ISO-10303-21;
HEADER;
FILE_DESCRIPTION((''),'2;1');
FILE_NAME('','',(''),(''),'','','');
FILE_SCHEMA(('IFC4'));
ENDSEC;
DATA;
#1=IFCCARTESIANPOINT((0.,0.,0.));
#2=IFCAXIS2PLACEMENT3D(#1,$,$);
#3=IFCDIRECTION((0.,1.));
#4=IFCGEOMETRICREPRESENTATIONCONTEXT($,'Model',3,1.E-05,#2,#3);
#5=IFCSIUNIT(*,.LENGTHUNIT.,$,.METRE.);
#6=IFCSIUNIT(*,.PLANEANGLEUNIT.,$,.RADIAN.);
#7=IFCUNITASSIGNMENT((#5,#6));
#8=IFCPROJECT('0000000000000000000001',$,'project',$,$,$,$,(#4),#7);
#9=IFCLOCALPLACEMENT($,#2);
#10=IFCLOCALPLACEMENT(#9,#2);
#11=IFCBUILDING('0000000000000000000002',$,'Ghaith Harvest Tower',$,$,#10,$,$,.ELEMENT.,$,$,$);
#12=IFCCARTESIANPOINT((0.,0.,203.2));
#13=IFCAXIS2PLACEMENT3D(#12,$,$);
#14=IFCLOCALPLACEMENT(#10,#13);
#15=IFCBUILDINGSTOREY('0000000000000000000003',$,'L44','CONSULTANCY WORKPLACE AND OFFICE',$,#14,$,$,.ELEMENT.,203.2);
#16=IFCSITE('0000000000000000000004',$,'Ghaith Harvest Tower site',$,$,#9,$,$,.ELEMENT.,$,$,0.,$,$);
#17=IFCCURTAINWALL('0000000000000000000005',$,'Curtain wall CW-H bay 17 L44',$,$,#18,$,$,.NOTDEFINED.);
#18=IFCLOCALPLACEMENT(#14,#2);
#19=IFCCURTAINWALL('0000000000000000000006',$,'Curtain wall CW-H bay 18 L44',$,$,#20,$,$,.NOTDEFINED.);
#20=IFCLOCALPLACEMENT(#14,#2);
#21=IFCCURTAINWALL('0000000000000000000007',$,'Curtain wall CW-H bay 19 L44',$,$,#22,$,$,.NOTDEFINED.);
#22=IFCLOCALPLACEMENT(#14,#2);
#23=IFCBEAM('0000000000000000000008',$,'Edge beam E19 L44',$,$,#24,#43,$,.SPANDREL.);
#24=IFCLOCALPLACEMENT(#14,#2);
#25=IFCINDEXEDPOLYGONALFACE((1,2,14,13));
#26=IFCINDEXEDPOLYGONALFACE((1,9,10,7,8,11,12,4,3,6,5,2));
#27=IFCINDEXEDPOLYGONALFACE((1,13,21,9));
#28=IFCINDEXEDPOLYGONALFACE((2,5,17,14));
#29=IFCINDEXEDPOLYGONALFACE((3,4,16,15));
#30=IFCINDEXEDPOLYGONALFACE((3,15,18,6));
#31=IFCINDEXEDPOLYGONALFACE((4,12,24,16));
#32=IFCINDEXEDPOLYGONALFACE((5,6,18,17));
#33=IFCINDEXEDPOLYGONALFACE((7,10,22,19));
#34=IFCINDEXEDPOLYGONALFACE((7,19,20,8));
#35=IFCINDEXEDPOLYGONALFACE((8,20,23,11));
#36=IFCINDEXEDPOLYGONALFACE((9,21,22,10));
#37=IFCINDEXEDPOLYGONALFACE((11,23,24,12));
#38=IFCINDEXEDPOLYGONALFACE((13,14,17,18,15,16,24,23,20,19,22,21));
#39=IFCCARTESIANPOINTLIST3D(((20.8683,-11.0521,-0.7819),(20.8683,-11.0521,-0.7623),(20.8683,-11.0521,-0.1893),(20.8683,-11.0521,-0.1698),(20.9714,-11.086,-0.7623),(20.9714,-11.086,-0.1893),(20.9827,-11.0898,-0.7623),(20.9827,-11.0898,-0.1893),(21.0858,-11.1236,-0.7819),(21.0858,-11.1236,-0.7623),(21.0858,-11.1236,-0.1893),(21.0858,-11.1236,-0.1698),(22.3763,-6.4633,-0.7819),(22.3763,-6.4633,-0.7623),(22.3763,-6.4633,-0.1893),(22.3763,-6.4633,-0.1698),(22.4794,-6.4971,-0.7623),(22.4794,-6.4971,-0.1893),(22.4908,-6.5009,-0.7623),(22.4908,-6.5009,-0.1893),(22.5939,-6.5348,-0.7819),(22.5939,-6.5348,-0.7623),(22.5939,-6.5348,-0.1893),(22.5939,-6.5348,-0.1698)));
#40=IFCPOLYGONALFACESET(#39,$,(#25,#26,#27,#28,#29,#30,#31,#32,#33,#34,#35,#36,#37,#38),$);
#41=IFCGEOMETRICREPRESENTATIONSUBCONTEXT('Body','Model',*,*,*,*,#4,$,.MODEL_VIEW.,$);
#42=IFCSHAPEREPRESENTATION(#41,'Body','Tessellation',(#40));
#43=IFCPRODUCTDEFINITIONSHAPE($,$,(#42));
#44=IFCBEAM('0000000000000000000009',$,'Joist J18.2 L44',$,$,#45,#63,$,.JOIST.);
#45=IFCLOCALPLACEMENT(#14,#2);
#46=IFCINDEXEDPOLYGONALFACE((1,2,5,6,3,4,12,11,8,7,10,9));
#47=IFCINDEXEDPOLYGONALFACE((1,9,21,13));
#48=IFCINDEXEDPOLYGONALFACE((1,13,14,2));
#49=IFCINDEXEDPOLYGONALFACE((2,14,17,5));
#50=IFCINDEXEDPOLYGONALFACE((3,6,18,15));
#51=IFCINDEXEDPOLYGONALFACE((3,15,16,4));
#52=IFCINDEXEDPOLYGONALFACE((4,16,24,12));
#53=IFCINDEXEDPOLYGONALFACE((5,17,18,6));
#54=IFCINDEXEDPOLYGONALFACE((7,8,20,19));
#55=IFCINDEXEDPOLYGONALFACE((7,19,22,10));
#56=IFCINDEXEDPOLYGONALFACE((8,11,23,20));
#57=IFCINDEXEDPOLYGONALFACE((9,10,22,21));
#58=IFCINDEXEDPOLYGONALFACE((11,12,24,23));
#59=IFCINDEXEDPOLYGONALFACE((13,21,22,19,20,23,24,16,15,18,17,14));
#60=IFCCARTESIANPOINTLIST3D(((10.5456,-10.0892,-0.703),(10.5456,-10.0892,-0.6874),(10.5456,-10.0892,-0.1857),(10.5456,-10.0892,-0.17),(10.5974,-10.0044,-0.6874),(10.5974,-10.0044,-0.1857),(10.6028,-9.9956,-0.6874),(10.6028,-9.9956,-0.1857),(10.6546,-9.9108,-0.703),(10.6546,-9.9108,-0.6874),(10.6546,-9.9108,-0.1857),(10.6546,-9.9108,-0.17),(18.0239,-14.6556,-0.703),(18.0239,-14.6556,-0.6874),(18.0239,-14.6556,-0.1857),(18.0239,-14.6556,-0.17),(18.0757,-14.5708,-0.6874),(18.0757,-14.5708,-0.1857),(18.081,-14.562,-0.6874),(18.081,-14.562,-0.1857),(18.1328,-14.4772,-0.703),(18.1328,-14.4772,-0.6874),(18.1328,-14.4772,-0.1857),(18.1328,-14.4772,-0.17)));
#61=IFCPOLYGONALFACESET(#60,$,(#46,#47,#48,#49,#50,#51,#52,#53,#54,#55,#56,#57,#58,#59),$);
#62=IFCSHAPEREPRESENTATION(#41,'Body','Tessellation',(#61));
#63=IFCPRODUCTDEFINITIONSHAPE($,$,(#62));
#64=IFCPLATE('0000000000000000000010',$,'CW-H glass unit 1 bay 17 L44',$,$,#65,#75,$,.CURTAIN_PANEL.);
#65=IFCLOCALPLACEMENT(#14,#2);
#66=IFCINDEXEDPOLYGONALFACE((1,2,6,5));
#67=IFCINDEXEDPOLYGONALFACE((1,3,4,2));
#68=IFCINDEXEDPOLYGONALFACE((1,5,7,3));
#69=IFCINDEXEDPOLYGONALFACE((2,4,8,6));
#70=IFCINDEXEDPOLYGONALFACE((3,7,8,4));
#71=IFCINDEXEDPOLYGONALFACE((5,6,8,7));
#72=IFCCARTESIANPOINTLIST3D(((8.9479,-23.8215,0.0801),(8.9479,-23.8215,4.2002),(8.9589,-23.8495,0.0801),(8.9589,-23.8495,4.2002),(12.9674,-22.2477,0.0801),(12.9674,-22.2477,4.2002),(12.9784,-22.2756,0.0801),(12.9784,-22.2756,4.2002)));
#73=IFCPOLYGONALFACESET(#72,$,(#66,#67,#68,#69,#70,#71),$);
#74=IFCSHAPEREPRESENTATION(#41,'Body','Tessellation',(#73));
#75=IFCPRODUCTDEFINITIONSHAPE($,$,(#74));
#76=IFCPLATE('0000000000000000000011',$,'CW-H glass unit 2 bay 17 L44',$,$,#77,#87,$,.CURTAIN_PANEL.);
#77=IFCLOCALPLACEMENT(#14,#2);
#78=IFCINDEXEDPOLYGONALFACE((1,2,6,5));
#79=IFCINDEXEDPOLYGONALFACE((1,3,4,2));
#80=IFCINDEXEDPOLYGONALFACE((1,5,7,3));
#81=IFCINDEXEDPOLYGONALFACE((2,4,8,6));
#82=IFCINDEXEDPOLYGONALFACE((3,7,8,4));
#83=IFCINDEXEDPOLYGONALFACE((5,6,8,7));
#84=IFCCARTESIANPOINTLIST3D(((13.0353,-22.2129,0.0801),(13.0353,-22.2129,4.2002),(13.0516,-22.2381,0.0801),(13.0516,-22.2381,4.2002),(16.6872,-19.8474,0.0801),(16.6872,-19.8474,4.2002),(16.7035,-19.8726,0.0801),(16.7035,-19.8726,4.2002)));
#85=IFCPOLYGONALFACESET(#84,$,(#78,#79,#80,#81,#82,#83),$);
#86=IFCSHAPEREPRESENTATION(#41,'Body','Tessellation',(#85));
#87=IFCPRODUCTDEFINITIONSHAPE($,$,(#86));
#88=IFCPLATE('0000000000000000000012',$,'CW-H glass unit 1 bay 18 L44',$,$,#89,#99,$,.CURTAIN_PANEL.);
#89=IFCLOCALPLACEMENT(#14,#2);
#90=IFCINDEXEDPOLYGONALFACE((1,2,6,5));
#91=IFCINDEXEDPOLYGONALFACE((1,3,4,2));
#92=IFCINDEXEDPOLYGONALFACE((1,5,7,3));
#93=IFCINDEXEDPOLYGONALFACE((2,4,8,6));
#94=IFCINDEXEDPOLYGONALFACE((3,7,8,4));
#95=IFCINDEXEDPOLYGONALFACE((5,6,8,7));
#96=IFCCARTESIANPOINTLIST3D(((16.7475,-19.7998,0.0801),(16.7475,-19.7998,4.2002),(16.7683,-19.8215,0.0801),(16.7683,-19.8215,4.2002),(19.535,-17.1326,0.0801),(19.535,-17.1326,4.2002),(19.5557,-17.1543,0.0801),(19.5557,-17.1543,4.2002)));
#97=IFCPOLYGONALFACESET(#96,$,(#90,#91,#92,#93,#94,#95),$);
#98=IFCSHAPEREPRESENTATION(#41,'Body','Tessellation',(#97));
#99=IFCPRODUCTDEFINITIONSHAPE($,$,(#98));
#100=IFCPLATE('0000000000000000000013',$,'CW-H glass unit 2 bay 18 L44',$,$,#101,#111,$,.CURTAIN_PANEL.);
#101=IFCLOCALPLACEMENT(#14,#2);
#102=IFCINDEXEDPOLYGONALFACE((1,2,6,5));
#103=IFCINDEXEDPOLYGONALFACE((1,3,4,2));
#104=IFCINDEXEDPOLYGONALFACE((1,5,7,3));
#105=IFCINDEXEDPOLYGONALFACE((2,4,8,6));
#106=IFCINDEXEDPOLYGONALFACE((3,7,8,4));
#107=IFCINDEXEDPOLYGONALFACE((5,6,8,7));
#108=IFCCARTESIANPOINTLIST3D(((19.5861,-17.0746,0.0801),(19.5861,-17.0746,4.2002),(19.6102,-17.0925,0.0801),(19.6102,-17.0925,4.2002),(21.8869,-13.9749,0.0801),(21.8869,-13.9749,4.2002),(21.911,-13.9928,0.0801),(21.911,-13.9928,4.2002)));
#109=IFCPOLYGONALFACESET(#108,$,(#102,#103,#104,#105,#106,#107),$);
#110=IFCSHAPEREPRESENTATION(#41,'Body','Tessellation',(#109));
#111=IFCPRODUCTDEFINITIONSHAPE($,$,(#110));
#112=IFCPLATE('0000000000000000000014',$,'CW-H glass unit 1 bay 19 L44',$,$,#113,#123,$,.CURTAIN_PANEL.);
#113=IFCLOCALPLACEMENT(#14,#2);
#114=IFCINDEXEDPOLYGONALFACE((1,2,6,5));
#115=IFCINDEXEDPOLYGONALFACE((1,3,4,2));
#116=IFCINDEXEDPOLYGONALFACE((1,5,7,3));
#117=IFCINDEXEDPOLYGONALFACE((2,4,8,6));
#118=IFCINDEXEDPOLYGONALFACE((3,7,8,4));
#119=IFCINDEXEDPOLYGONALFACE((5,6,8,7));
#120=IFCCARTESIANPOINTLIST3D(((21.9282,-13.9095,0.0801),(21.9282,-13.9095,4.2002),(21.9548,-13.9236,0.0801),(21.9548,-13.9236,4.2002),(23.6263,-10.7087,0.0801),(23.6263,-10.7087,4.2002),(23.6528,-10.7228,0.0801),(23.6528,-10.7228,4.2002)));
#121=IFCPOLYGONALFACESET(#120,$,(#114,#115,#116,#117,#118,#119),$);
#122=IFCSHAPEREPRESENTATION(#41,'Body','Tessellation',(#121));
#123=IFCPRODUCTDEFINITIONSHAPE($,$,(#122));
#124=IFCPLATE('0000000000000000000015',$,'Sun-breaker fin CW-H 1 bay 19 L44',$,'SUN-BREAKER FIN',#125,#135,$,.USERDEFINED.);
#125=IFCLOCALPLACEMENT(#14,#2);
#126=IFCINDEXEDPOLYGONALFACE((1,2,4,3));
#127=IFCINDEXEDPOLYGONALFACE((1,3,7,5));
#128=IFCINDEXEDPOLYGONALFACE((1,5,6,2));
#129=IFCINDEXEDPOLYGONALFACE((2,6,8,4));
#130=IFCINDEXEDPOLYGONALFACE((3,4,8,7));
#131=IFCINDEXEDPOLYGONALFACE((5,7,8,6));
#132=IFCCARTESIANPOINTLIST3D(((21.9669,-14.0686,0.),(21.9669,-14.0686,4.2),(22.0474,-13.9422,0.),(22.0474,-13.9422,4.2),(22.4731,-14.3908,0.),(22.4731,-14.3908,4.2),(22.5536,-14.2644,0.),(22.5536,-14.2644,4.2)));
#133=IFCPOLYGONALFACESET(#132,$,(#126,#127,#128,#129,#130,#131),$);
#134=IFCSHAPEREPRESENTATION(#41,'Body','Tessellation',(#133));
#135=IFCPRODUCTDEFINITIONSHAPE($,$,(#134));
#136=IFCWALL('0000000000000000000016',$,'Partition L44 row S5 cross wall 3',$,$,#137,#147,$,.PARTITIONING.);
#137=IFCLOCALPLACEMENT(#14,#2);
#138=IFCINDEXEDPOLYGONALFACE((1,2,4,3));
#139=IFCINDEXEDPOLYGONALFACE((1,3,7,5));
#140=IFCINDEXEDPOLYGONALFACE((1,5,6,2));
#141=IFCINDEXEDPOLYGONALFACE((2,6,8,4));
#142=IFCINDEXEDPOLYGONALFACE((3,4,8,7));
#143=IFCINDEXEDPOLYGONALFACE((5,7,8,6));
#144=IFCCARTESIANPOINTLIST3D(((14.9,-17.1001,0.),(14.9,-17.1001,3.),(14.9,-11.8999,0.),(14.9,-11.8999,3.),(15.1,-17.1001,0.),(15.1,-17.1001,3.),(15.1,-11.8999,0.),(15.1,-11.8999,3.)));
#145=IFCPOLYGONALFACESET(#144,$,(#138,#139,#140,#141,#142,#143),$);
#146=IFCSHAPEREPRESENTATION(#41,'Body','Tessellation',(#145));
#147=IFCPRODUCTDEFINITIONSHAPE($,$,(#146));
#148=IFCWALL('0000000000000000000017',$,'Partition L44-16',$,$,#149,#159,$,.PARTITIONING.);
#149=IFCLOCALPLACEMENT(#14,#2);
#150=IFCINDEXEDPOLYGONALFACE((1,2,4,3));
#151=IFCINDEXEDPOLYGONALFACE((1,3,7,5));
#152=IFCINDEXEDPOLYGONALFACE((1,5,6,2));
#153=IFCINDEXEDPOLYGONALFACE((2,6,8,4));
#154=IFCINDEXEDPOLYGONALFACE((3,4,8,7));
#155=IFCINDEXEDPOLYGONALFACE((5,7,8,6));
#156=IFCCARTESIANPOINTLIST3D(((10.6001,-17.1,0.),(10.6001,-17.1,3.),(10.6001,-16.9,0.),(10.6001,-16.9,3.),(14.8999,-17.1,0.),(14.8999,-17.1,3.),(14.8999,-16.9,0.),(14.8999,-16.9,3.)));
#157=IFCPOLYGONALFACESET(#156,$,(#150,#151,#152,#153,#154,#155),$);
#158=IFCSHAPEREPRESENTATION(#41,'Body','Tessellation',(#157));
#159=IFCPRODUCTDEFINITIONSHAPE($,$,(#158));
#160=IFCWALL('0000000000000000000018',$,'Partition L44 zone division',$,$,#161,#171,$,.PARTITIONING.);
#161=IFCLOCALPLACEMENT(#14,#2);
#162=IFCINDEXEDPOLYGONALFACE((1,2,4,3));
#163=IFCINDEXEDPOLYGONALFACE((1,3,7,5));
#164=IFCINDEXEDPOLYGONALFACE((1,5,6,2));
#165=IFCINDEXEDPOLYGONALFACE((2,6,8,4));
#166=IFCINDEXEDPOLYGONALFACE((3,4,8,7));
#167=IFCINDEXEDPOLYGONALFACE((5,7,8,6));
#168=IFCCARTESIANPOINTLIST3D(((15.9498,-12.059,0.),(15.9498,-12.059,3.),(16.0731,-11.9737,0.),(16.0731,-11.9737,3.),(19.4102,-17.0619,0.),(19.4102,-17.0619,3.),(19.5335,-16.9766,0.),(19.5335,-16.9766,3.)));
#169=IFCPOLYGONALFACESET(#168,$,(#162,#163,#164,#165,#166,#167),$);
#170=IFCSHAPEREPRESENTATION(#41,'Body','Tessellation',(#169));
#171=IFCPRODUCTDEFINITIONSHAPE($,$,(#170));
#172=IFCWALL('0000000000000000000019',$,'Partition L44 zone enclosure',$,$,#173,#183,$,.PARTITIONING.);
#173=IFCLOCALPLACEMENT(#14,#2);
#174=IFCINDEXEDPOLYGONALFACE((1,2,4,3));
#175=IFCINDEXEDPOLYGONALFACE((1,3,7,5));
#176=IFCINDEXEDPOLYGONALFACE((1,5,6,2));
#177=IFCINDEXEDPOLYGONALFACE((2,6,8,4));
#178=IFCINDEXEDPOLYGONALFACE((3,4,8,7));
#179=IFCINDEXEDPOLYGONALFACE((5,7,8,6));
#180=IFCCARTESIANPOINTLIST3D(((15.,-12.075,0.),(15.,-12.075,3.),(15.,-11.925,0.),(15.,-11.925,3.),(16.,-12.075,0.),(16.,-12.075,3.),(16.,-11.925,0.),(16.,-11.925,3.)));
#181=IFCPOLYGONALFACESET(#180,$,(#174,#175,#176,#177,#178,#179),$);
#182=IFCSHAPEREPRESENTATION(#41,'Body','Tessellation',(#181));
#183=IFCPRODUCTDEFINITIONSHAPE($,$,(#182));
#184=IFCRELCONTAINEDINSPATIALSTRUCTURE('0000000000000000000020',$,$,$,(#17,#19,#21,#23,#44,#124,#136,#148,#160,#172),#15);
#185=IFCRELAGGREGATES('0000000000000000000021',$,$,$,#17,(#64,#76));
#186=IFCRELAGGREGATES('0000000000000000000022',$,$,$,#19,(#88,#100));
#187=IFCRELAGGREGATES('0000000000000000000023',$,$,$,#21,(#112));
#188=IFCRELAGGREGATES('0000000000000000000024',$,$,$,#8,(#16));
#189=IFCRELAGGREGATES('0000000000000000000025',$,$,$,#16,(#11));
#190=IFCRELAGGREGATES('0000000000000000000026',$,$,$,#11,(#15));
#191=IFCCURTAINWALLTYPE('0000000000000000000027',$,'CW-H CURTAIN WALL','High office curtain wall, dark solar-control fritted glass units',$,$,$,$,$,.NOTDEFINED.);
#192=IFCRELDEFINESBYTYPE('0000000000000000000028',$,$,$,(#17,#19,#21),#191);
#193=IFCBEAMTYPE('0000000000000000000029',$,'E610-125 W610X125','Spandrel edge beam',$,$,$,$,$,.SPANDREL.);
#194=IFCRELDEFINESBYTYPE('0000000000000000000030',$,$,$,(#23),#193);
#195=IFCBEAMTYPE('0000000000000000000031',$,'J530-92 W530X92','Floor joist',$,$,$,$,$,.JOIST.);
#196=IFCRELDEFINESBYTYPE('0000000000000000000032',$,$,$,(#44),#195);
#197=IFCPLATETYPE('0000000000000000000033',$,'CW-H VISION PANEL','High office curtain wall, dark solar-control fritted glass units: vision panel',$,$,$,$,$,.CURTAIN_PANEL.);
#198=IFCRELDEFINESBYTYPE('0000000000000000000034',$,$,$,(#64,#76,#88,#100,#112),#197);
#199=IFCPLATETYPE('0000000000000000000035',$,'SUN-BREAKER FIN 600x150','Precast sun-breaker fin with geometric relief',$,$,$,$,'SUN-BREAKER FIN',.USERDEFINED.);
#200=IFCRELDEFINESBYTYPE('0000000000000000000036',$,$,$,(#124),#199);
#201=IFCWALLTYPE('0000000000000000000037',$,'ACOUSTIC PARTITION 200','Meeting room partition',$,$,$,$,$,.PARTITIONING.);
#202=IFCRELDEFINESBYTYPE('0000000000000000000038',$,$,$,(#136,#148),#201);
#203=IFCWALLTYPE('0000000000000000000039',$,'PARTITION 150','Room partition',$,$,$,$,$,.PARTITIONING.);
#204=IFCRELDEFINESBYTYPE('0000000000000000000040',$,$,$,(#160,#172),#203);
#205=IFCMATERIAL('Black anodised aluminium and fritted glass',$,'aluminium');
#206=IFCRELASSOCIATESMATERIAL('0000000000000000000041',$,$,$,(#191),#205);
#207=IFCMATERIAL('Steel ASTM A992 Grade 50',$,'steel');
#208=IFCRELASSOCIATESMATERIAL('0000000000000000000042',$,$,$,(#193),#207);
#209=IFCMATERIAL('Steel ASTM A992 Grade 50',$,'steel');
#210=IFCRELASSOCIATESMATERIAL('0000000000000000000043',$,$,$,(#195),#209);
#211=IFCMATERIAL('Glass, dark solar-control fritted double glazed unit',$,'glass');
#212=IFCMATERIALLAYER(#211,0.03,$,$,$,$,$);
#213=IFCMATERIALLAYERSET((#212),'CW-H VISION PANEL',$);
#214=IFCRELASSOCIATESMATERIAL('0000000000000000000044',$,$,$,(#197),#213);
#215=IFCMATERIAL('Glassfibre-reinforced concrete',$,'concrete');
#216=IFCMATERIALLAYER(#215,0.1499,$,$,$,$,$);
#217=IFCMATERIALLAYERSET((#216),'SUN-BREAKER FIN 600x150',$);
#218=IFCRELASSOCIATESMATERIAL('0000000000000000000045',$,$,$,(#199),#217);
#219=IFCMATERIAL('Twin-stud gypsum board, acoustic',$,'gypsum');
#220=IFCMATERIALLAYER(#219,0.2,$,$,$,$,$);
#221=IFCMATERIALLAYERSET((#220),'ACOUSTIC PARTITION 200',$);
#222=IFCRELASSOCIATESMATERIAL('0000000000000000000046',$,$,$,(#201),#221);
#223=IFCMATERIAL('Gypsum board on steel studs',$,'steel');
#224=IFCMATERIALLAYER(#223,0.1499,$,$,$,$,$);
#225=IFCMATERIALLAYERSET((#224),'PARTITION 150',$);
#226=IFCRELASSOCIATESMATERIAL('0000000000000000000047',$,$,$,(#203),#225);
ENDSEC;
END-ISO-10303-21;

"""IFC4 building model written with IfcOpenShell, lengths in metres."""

from ifc_helpers import new_model, si_unit, direction, frame, frame_2d, origin, origin_2d, place, context, subcontext, project, spatial, rectangle, i_section, extrude, material, layer, layer_set, material_profile, profile_set, type_object, element, aggregate, save


model = new_model("IFC4")

# Units and contexts
model_context = context("Model", 3, precision=1e-05, world=origin(), true_north=direction((0.0, 1.0)))
body_context = subcontext(model_context, "Body", "Model", "MODEL_VIEW")
ifc_project = project(units=[si_unit("LENGTHUNIT", "METRE"), si_unit("PLANEANGLEUNIT", "RADIAN")], contexts=[model_context])

# Site, building, storey
site_placement = place(None, origin())
site = spatial("IfcSite", under=ifc_project, at=site_placement, Name="Ghaith Harvest Tower site", CompositionType="ELEMENT", RefElevation=0.0)
building_placement = place(site_placement, origin())
building = spatial("IfcBuilding", under=site, at=building_placement, Name="Ghaith Harvest Tower", CompositionType="ELEMENT")
storey_placement = place(building_placement, frame((0.0, 0.0, 203.2)))
storey = spatial("IfcBuildingStorey", under=building, at=storey_placement, Name="L44", Description="CONSULTANCY WORKPLACE AND OFFICE", CompositionType="ELEMENT", Elevation=203.2)

# Curtain wall
ifc_material_1 = material(Name="Black anodised aluminium and fritted glass", Category="aluminium")
curtain_wall_type = type_object("IfcCurtainWallType", Name="CW-H CURTAIN WALL", Description="High office curtain wall, dark solar-control fritted glass units", PredefinedType="NOTDEFINED", material=ifc_material_1)
curtain_wall_1_placement = place(storey_placement, origin())
curtain_wall_1 = element("IfcCurtainWall", 1, at=curtain_wall_1_placement, inside=storey, type_object=curtain_wall_type, Name="Curtain wall CW-H bay 17 L44", PredefinedType="NOTDEFINED")

# Curtain walls
curtain_wall_2_placement = place(storey_placement, origin())
curtain_wall_2 = element("IfcCurtainWall", 2, at=curtain_wall_2_placement, inside=storey, type_object=curtain_wall_type, Name="Curtain wall CW-H bay 18 L44", PredefinedType="NOTDEFINED")
curtain_wall_3_placement = place(storey_placement, origin())
curtain_wall_3 = element("IfcCurtainWall", 3, at=curtain_wall_3_placement, inside=storey, type_object=curtain_wall_type, Name="Curtain wall CW-H bay 19 L44", PredefinedType="NOTDEFINED")

# Beams
ifc_material_2 = material(Name="Steel ASTM A992 Grade 50", Category="steel")
ifc_material_profile_1 = material_profile(ifc_material_2, i_section(OverallWidth=0.229, OverallDepth=0.6121, WebThickness=0.012, FlangeThickness=0.0195, at=origin_2d()), Name="W610X125")
ifc_profile_set_1 = profile_set([ifc_material_profile_1], Name="Steel ASTM A992 Grade 50")
beam_type_1 = type_object("IfcBeamType", Name="E610-125 W610X125", Description="Spandrel edge beam", PredefinedType="SPANDREL", material=ifc_profile_set_1)
beam_1_placement = place(storey_placement, frame((20.9771, -11.0879, -0.4758), z_axis=(0.312207, 0.950014, 0.0), x_axis=(-0.950014, 0.312207, 0.0)))
element("IfcBeam", 4, at=beam_1_placement, inside=storey, type_object=beam_type_1, Name="Edge beam E19 L44", PredefinedType="SPANDREL", context=body_context, shape_type="SweptSolid", body=[
    extrude(i_section(OverallWidth=0.229, OverallDepth=0.6121, WebThickness=0.012, FlangeThickness=0.0195, at=origin_2d()), origin(), (0.0, 0.0, 1.0), 4.8303),
])
ifc_material_3 = material(Name="Steel ASTM A992 Grade 50", Category="steel")
ifc_material_profile_2 = material_profile(ifc_material_3, i_section(OverallWidth=0.209, OverallDepth=0.533, WebThickness=0.0103, FlangeThickness=0.0156, at=origin_2d()), Name="W530X92")
ifc_profile_set_2 = profile_set([ifc_material_profile_2], Name="Steel ASTM A992 Grade 50")
beam_type_2 = type_object("IfcBeamType", Name="J530-92 W530X92", Description="Floor joist", PredefinedType="JOIST", material=ifc_profile_set_2)
beam_2_placement = place(storey_placement, frame((10.6001, -10.0, -0.4365), z_axis=(0.853467, -0.521147, 0.0), x_axis=(0.521147, 0.853467, 0.0)))
element("IfcBeam", 5, at=beam_2_placement, inside=storey, type_object=beam_type_2, Name="Joist J18.2 L44", PredefinedType="JOIST", context=body_context, shape_type="SweptSolid", body=[
    extrude(i_section(OverallWidth=0.209, OverallDepth=0.533, WebThickness=0.0103, FlangeThickness=0.0156, at=origin_2d()), origin(), (0.0, 0.0, 1.0), 8.7622),
])

# Plates
ifc_material_4 = material(Name="Glass, dark solar-control fritted double glazed unit", Category="glass")
ifc_layer_1 = layer(ifc_material_4, 0.03)
ifc_layer_set_1 = layer_set([ifc_layer_1], Name="CW-H VISION PANEL")
plate_type_1 = type_object("IfcPlateType", Name="CW-H VISION PANEL", Description="High office curtain wall, dark solar-control fritted glass units: vision panel", PredefinedType="CURTAIN_PANEL", material=ifc_layer_set_1)
plate_1_placement = place(storey_placement, frame((10.9631, -23.0486, 0.0801), z_axis=(0.0, 0.0, 1.0), x_axis=(0.931161, 0.364608, 0.0)))
plate_1 = element("IfcPlate", 6, at=plate_1_placement, type_object=plate_type_1, Name="CW-H glass unit 1 bay 17 L44", PredefinedType="CURTAIN_PANEL", context=body_context, shape_type="SweptSolid", body=[
    extrude(rectangle(XDim=4.3167, YDim=0.03, at=origin_2d()), origin(), (0.0, 0.0, 1.0), 4.1201),
])
plate_2_placement = place(storey_placement, frame((14.8694, -21.0427, 0.0801), z_axis=(0.0, 0.0, 1.0), x_axis=(0.839305, 0.54366, 0.0)))
plate_2 = element("IfcPlate", 7, at=plate_2_placement, type_object=plate_type_1, Name="CW-H glass unit 2 bay 17 L44", PredefinedType="CURTAIN_PANEL", context=body_context, shape_type="SweptSolid", body=[
    extrude(rectangle(XDim=4.3511, YDim=0.03, at=origin_2d()), origin(), (0.0, 0.0, 1.0), 4.1201),
])
aggregate(curtain_wall_1, [plate_1, plate_2])
plate_3_placement = place(storey_placement, frame((18.1516, -18.4771, 0.0801), z_axis=(0.0, 0.0, 1.0), x_axis=(0.722533, 0.691337, 0.0)))
plate_3 = element("IfcPlate", 8, at=plate_3_placement, type_object=plate_type_1, Name="CW-H glass unit 1 bay 18 L44", PredefinedType="CURTAIN_PANEL", context=body_context, shape_type="SweptSolid", body=[
    extrude(rectangle(XDim=3.8579, YDim=0.03, at=origin_2d()), origin(), (0.0, 0.0, 1.0), 4.1201),
])
plate_4_placement = place(storey_placement, frame((20.7485, -15.5337, 0.0801), z_axis=(0.0, 0.0, 1.0), x_axis=(0.596019, 0.802971, 0.0)))
plate_4 = element("IfcPlate", 9, at=plate_4_placement, type_object=plate_type_1, Name="CW-H glass unit 2 bay 18 L44", PredefinedType="CURTAIN_PANEL", context=body_context, shape_type="SweptSolid", body=[
    extrude(rectangle(XDim=3.8604, YDim=0.03, at=origin_2d()), origin(), (0.0, 0.0, 1.0), 4.1201),
])
aggregate(curtain_wall_2, [plate_3, plate_4])
plate_5_placement = place(storey_placement, frame((22.7905, -12.3162, 0.0801), z_axis=(0.0, 0.0, 1.0), x_axis=(0.468644, 0.883387, 0.0)))
plate_5 = element("IfcPlate", 10, at=plate_5_placement, type_object=plate_type_1, Name="CW-H glass unit 1 bay 19 L44", PredefinedType="CURTAIN_PANEL", context=body_context, shape_type="SweptSolid", body=[
    extrude(rectangle(XDim=3.6233, YDim=0.03, at=origin_2d()), origin(), (0.0, 0.0, 1.0), 4.1201),
])
aggregate(curtain_wall_3, [plate_5])
ifc_material_5 = material(Name="Glassfibre-reinforced concrete", Category="concrete")
ifc_layer_2 = layer(ifc_material_5, 0.1499)
ifc_layer_set_2 = layer_set([ifc_layer_2], Name="SUN-BREAKER FIN 600x150")
plate_type_2 = type_object("IfcPlateType", Name="SUN-BREAKER FIN 600x150", Description="Precast sun-breaker fin with geometric relief", ElementType="SUN-BREAKER FIN", PredefinedType="USERDEFINED", material=ifc_layer_set_2)
plate_6_placement = place(storey_placement, frame((22.2603, -14.1665, 0.0), z_axis=(0.0, 0.0, 1.0), x_axis=(0.843644, -0.536903, 0.0)))
element("IfcPlate", 11, at=plate_6_placement, inside=storey, type_object=plate_type_2, Name="Sun-breaker fin CW-H 1 bay 19 L44", ObjectType="SUN-BREAKER FIN", PredefinedType="USERDEFINED", context=body_context, shape_type="SweptSolid", body=[
    extrude(rectangle(XDim=0.6001, YDim=0.1499, at=origin_2d()), origin(), (0.0, 0.0, 1.0), 4.2),
])

# Wall
ifc_material_6 = material(Name="Twin-stud gypsum board, acoustic", Category="gypsum")
ifc_layer_3 = layer(ifc_material_6, 0.2)
ifc_layer_set_3 = layer_set([ifc_layer_3], Name="ACOUSTIC PARTITION 200")
wall_type_1 = type_object("IfcWallType", Name="ACOUSTIC PARTITION 200", Description="Meeting room partition", PredefinedType="PARTITIONING", material=ifc_layer_set_3)
wall_1_placement = place(storey_placement, frame((15.0, -11.8999, 0.0), z_axis=(0.0, 0.0, 1.0), x_axis=(0.0, -1.0, 0.0)))
element("IfcWall", 12, at=wall_1_placement, inside=storey, type_object=wall_type_1, Name="Partition L44 row S5 cross wall 3", PredefinedType="PARTITIONING", context=body_context, shape_type="SweptSolid", body=[
    extrude(rectangle(XDim=5.2002, YDim=0.2, at=frame_2d((2.6001, 0.0))), origin(), (0.0, 0.0, 1.0), 3.0),
])

# Walls
wall_2_placement = place(storey_placement, frame((10.6001, -17.0, 0.0), z_axis=(0.0, 0.0, 1.0), x_axis=(1.0, 0.0, 0.0)))
element("IfcWall", 13, at=wall_2_placement, inside=storey, type_object=wall_type_1, Name="Partition L44-16", PredefinedType="PARTITIONING", context=body_context, shape_type="SweptSolid", body=[
    extrude(rectangle(XDim=4.2998, YDim=0.2, at=frame_2d((2.1499, 0.0))), origin(), (0.0, 0.0, 1.0), 3.0),
])
ifc_material_7 = material(Name="Gypsum board on steel studs", Category="steel")
ifc_layer_4 = layer(ifc_material_7, 0.1499)
ifc_layer_set_4 = layer_set([ifc_layer_4], Name="PARTITION 150")
wall_type_2 = type_object("IfcWallType", Name="PARTITION 150", Description="Room partition", PredefinedType="PARTITIONING", material=ifc_layer_set_4)
wall_3_placement = place(storey_placement, frame((16.0115, -12.0164, 0.0), z_axis=(0.0, 0.0, 1.0), x_axis=(0.568863, -0.822432, 0.0)))
element("IfcWall", 14, at=wall_3_placement, inside=storey, type_object=wall_type_2, Name="Partition L44 zone division", PredefinedType="PARTITIONING", context=body_context, shape_type="SweptSolid", body=[
    extrude(rectangle(XDim=6.083, YDim=0.1499, at=frame_2d((3.0415, 0.0))), origin(), (0.0, 0.0, 1.0), 3.0),
])
wall_4_placement = place(storey_placement, frame((15.0, -12.0, 0.0), z_axis=(0.0, 0.0, 1.0), x_axis=(1.0, 0.0, 0.0)))
element("IfcWall", 15, at=wall_4_placement, inside=storey, type_object=wall_type_2, Name="Partition L44 zone enclosure", PredefinedType="PARTITIONING", context=body_context, shape_type="SweptSolid", body=[
    extrude(rectangle(XDim=1.0, YDim=0.1499, at=frame_2d((0.5, 0.0))), origin(), (0.0, 0.0, 1.0), 3.0),
])

save(model, "model.ifc")
